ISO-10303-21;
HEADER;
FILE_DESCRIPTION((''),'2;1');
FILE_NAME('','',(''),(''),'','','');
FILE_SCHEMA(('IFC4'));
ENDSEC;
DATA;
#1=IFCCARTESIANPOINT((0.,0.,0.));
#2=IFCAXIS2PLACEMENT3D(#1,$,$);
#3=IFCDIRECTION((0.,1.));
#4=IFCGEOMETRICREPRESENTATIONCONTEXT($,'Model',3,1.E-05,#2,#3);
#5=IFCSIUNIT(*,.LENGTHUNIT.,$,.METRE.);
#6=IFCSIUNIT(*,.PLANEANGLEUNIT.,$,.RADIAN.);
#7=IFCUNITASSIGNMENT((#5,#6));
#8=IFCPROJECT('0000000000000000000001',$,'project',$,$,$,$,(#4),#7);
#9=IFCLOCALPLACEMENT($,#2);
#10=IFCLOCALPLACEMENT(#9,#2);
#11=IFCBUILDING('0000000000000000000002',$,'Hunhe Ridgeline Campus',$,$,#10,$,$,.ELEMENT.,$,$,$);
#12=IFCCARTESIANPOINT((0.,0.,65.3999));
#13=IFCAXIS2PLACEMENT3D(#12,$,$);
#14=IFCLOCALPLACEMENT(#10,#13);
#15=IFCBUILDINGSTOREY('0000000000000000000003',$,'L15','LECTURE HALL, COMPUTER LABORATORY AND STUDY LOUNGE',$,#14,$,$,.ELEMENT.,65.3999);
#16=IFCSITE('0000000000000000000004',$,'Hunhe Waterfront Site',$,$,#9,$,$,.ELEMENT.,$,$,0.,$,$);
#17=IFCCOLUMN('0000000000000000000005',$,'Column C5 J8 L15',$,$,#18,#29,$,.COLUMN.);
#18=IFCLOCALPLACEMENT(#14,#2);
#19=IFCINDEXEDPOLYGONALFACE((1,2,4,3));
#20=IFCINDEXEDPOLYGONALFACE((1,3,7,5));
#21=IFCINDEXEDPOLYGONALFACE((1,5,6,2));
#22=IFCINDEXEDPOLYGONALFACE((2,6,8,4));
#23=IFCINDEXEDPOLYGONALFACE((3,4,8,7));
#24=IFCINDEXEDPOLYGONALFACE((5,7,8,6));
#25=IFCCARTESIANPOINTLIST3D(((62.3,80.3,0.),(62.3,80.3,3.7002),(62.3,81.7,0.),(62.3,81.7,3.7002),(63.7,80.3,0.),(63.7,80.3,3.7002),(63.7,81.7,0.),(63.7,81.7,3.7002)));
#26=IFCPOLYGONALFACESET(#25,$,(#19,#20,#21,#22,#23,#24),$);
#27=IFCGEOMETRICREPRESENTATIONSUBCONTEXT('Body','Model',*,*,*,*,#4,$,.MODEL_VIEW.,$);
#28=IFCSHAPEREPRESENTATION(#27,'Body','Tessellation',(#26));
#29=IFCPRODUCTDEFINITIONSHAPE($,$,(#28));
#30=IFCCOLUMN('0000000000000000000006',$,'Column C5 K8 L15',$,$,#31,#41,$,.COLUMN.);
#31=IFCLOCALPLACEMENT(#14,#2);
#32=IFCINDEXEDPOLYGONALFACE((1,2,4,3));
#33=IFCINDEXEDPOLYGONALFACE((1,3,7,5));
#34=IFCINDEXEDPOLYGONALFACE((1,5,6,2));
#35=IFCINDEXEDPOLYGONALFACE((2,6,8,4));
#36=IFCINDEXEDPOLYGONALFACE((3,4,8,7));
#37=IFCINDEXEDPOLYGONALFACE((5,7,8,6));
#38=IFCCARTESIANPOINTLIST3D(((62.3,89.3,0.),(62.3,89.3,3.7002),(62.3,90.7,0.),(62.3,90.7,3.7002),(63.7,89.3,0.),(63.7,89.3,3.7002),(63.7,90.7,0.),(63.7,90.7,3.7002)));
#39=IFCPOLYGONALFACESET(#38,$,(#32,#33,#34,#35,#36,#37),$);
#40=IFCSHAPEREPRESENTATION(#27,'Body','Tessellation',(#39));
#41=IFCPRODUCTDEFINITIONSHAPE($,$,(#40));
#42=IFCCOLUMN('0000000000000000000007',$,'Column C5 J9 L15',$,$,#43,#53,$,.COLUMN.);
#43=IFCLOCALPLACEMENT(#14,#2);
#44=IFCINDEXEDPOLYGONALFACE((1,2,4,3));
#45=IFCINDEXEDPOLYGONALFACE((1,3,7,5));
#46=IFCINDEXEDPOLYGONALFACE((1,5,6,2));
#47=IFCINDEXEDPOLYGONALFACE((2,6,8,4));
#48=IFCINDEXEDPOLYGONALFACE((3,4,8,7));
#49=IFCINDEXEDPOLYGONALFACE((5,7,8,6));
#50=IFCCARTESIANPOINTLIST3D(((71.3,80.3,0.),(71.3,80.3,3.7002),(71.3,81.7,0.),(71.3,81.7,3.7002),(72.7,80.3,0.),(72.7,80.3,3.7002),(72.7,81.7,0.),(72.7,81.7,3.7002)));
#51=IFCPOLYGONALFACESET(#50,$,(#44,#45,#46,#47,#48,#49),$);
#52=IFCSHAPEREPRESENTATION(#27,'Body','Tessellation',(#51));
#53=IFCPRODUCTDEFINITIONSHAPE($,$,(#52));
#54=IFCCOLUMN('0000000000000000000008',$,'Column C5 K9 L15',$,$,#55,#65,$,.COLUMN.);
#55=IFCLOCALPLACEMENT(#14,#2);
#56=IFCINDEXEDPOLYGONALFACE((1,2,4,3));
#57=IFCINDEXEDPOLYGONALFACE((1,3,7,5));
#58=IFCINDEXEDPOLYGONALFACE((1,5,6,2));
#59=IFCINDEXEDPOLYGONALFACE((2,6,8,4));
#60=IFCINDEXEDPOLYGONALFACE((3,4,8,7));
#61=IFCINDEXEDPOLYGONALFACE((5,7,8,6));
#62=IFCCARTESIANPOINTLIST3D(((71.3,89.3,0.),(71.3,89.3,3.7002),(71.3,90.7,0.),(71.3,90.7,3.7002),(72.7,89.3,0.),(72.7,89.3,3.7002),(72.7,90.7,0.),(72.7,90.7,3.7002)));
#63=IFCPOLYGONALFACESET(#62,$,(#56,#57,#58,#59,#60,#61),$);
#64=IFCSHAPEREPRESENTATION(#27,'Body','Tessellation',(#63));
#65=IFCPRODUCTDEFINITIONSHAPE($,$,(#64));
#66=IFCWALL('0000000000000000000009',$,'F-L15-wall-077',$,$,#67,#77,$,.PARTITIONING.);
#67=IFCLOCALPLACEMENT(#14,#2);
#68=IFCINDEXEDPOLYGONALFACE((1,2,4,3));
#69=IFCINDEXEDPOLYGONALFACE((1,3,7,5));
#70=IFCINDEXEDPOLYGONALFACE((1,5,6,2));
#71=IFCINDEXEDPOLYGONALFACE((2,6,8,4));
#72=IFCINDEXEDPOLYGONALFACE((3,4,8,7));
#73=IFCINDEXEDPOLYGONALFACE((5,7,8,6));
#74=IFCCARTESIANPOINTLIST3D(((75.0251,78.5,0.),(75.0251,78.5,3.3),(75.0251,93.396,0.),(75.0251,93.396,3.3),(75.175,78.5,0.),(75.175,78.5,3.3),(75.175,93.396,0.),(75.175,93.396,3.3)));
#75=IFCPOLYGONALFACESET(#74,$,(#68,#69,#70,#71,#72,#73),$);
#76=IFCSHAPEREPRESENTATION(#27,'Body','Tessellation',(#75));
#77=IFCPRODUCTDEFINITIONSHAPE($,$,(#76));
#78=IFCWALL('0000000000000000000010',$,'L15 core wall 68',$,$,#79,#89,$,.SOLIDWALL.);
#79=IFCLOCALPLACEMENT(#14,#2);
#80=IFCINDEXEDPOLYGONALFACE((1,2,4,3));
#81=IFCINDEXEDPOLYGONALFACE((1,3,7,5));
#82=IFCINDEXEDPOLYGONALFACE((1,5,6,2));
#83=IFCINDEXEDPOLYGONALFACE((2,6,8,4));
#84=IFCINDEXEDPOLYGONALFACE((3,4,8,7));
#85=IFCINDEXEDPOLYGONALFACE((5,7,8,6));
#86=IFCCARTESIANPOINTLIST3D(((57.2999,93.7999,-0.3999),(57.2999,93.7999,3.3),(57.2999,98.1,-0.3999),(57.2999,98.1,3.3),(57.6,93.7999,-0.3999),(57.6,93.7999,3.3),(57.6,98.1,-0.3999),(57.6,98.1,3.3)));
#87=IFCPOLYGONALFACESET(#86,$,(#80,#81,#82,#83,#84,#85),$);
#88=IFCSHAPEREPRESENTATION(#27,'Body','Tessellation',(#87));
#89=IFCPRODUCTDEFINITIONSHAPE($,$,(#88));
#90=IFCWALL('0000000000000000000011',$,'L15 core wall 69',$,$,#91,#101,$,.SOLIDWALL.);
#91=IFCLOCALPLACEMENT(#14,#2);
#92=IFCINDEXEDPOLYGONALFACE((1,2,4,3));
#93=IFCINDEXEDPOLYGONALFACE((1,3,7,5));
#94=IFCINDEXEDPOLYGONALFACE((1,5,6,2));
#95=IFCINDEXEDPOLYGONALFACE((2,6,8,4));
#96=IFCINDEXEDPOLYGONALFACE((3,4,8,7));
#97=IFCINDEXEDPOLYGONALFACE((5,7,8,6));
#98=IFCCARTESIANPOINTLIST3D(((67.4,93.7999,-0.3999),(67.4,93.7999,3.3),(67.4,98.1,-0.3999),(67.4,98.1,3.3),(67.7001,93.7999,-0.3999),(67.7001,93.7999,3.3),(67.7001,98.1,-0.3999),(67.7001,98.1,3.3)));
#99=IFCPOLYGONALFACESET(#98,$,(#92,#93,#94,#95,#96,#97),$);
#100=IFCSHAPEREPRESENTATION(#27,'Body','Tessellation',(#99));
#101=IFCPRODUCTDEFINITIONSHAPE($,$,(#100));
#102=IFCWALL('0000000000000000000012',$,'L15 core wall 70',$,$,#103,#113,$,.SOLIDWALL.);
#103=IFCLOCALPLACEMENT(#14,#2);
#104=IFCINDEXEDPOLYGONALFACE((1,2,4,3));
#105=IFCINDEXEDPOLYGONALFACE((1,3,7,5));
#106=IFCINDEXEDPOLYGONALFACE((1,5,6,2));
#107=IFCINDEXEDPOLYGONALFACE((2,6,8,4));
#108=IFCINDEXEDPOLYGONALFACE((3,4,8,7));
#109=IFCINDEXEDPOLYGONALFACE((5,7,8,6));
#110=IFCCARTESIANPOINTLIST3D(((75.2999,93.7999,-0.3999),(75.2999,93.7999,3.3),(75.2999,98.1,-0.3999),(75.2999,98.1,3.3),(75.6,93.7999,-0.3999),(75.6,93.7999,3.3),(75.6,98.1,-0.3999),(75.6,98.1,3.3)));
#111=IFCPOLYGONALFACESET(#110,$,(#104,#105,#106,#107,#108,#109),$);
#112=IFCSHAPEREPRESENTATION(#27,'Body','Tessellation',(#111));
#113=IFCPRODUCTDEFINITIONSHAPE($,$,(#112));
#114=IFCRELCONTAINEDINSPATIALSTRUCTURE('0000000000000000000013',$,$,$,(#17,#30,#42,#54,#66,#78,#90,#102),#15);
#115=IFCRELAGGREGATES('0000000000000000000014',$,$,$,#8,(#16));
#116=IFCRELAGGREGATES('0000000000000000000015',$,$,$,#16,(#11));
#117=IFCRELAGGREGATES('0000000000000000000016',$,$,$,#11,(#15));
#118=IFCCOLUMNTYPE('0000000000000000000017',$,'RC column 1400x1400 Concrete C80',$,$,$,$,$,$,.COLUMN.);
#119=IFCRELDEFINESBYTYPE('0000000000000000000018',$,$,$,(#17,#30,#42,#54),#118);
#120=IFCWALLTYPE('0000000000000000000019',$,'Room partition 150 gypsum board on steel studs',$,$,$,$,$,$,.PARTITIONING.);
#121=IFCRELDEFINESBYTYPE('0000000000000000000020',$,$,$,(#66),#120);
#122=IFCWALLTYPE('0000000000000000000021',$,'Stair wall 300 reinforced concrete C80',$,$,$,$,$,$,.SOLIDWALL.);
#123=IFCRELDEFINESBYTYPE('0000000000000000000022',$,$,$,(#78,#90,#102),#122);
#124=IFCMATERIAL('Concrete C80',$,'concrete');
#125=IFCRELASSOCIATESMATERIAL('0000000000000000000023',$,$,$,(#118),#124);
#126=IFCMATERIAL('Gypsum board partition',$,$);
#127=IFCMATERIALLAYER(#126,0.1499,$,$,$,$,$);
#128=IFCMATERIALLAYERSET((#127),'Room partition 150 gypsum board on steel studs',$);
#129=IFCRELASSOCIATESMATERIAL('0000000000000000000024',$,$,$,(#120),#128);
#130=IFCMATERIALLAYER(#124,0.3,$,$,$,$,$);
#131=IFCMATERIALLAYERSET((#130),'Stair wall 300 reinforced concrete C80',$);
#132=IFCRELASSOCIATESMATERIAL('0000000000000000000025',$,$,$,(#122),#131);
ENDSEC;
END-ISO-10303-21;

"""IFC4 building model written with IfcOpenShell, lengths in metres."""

from ifc_helpers import new_model, si_unit, direction, frame, frame_2d, origin, origin_2d, place, context, subcontext, project, spatial, rectangle, extrude, material, layer, layer_set, material_profile, profile_set, type_object, element, save


model = new_model("IFC4")

# Units and contexts
model_context = context("Model", 3, precision=1e-05, world=origin(), true_north=direction((0.0, 1.0)))
body_context = subcontext(model_context, "Body", "Model", "MODEL_VIEW")
ifc_project = project(units=[si_unit("LENGTHUNIT", "METRE"), si_unit("PLANEANGLEUNIT", "RADIAN")], contexts=[model_context])

# Site, building, storey
site_placement = place(None, origin())
site = spatial("IfcSite", under=ifc_project, at=site_placement, Name="Hunhe Waterfront Site", CompositionType="ELEMENT", RefElevation=0.0)
building_placement = place(site_placement, origin())
building = spatial("IfcBuilding", under=site, at=building_placement, Name="Hunhe Ridgeline Campus", CompositionType="ELEMENT")
storey_placement = place(building_placement, frame((0.0, 0.0, 65.3999)))
storey = spatial("IfcBuildingStorey", under=building, at=storey_placement, Name="L15", Description="LECTURE HALL, COMPUTER LABORATORY AND STUDY LOUNGE", CompositionType="ELEMENT", Elevation=65.3999)

# Columns
ifc_material_1 = material(Name="Concrete C80", Category="concrete")
ifc_material_profile = material_profile(ifc_material_1, rectangle(XDim=1.3999, YDim=1.3999, at=origin_2d()))
ifc_profile_set = profile_set([ifc_material_profile], Name="Concrete C80")
column_type = type_object("IfcColumnType", Name="RC column 1400x1400 Concrete C80", PredefinedType="COLUMN", material=ifc_profile_set)
for number, where, z_axis, x_axis, name in (
    (1, (63.0, 81.0, 0.0), (0.0, 0.0, 1.0), (1.0, 0.0, 0.0), "Column C5 J8 L15"),
    (2, (63.0, 90.0, 0.0), (0.0, 0.0, 1.0), (1.0, 0.0, 0.0), "Column C5 K8 L15"),
    (3, (72.0, 81.0, 0.0), (0.0, 0.0, 1.0), (1.0, 0.0, 0.0), "Column C5 J9 L15"),
    (4, (72.0, 90.0, 0.0), (0.0, 0.0, 1.0), (1.0, 0.0, 0.0), "Column C5 K9 L15"),
):
    element("IfcColumn", number, at=place(storey_placement, frame(where, z_axis=z_axis, x_axis=x_axis)), inside=storey, type_object=column_type, Name=name, PredefinedType="COLUMN", context=body_context, shape_type="SweptSolid", body=[
        extrude(rectangle(XDim=1.3999, YDim=1.3999, at=origin_2d()), origin(), (0.0, 0.0, 1.0), 3.7002),
    ])

# Shared definitions
ifc_material_2 = material(Name="Gypsum board partition")

# Wall
ifc_layer_1 = layer(ifc_material_2, 0.1499)
ifc_layer_set_1 = layer_set([ifc_layer_1], Name="Room partition 150 gypsum board on steel studs")
wall_type_1 = type_object("IfcWallType", Name="Room partition 150 gypsum board on steel studs", PredefinedType="PARTITIONING", material=ifc_layer_set_1)
wall_1_placement = place(storey_placement, frame((75.1001, 93.396, 0.0), z_axis=(0.0, 0.0, 1.0), x_axis=(0.0, -1.0, 0.0)))
element("IfcWall", 5, at=wall_1_placement, inside=storey, type_object=wall_type_1, Name="F-L15-wall-077", PredefinedType="PARTITIONING", context=body_context, shape_type="SweptSolid", body=[
    extrude(rectangle(XDim=14.896, YDim=0.1499, at=frame_2d((7.448, 0.0))), origin(), (0.0, 0.0, 1.0), 3.3),
])

# Shared definitions
ifc_layer_2 = layer(ifc_material_1, 0.3)
ifc_layer_set_2 = layer_set([ifc_layer_2], Name="Stair wall 300 reinforced concrete C80")
wall_type_2 = type_object("IfcWallType", Name="Stair wall 300 reinforced concrete C80", PredefinedType="SOLIDWALL", material=ifc_layer_set_2)

# Walls
for number, where, z_axis, x_axis, name in (
    (6, (57.45, 93.8, -0.3999), (0.0, 0.0, 1.0), (0.0, 1.0, 0.0), "L15 core wall 68"),
    (7, (67.55, 93.8, -0.3999), (0.0, 0.0, 1.0), (0.0, 1.0, 0.0), "L15 core wall 69"),
    (8, (75.45, 93.8, -0.3999), (0.0, 0.0, 1.0), (0.0, 1.0, 0.0), "L15 core wall 70"),
):
    element("IfcWall", number, at=place(storey_placement, frame(where, z_axis=z_axis, x_axis=x_axis)), inside=storey, type_object=wall_type_2, Name=name, PredefinedType="SOLIDWALL", context=body_context, shape_type="SweptSolid", body=[
        extrude(rectangle(XDim=4.3, YDim=0.3, at=frame_2d((2.1499, 0.0))), origin(), (0.0, 0.0, 1.0), 3.7),
    ])

save(model, "model.ifc")
